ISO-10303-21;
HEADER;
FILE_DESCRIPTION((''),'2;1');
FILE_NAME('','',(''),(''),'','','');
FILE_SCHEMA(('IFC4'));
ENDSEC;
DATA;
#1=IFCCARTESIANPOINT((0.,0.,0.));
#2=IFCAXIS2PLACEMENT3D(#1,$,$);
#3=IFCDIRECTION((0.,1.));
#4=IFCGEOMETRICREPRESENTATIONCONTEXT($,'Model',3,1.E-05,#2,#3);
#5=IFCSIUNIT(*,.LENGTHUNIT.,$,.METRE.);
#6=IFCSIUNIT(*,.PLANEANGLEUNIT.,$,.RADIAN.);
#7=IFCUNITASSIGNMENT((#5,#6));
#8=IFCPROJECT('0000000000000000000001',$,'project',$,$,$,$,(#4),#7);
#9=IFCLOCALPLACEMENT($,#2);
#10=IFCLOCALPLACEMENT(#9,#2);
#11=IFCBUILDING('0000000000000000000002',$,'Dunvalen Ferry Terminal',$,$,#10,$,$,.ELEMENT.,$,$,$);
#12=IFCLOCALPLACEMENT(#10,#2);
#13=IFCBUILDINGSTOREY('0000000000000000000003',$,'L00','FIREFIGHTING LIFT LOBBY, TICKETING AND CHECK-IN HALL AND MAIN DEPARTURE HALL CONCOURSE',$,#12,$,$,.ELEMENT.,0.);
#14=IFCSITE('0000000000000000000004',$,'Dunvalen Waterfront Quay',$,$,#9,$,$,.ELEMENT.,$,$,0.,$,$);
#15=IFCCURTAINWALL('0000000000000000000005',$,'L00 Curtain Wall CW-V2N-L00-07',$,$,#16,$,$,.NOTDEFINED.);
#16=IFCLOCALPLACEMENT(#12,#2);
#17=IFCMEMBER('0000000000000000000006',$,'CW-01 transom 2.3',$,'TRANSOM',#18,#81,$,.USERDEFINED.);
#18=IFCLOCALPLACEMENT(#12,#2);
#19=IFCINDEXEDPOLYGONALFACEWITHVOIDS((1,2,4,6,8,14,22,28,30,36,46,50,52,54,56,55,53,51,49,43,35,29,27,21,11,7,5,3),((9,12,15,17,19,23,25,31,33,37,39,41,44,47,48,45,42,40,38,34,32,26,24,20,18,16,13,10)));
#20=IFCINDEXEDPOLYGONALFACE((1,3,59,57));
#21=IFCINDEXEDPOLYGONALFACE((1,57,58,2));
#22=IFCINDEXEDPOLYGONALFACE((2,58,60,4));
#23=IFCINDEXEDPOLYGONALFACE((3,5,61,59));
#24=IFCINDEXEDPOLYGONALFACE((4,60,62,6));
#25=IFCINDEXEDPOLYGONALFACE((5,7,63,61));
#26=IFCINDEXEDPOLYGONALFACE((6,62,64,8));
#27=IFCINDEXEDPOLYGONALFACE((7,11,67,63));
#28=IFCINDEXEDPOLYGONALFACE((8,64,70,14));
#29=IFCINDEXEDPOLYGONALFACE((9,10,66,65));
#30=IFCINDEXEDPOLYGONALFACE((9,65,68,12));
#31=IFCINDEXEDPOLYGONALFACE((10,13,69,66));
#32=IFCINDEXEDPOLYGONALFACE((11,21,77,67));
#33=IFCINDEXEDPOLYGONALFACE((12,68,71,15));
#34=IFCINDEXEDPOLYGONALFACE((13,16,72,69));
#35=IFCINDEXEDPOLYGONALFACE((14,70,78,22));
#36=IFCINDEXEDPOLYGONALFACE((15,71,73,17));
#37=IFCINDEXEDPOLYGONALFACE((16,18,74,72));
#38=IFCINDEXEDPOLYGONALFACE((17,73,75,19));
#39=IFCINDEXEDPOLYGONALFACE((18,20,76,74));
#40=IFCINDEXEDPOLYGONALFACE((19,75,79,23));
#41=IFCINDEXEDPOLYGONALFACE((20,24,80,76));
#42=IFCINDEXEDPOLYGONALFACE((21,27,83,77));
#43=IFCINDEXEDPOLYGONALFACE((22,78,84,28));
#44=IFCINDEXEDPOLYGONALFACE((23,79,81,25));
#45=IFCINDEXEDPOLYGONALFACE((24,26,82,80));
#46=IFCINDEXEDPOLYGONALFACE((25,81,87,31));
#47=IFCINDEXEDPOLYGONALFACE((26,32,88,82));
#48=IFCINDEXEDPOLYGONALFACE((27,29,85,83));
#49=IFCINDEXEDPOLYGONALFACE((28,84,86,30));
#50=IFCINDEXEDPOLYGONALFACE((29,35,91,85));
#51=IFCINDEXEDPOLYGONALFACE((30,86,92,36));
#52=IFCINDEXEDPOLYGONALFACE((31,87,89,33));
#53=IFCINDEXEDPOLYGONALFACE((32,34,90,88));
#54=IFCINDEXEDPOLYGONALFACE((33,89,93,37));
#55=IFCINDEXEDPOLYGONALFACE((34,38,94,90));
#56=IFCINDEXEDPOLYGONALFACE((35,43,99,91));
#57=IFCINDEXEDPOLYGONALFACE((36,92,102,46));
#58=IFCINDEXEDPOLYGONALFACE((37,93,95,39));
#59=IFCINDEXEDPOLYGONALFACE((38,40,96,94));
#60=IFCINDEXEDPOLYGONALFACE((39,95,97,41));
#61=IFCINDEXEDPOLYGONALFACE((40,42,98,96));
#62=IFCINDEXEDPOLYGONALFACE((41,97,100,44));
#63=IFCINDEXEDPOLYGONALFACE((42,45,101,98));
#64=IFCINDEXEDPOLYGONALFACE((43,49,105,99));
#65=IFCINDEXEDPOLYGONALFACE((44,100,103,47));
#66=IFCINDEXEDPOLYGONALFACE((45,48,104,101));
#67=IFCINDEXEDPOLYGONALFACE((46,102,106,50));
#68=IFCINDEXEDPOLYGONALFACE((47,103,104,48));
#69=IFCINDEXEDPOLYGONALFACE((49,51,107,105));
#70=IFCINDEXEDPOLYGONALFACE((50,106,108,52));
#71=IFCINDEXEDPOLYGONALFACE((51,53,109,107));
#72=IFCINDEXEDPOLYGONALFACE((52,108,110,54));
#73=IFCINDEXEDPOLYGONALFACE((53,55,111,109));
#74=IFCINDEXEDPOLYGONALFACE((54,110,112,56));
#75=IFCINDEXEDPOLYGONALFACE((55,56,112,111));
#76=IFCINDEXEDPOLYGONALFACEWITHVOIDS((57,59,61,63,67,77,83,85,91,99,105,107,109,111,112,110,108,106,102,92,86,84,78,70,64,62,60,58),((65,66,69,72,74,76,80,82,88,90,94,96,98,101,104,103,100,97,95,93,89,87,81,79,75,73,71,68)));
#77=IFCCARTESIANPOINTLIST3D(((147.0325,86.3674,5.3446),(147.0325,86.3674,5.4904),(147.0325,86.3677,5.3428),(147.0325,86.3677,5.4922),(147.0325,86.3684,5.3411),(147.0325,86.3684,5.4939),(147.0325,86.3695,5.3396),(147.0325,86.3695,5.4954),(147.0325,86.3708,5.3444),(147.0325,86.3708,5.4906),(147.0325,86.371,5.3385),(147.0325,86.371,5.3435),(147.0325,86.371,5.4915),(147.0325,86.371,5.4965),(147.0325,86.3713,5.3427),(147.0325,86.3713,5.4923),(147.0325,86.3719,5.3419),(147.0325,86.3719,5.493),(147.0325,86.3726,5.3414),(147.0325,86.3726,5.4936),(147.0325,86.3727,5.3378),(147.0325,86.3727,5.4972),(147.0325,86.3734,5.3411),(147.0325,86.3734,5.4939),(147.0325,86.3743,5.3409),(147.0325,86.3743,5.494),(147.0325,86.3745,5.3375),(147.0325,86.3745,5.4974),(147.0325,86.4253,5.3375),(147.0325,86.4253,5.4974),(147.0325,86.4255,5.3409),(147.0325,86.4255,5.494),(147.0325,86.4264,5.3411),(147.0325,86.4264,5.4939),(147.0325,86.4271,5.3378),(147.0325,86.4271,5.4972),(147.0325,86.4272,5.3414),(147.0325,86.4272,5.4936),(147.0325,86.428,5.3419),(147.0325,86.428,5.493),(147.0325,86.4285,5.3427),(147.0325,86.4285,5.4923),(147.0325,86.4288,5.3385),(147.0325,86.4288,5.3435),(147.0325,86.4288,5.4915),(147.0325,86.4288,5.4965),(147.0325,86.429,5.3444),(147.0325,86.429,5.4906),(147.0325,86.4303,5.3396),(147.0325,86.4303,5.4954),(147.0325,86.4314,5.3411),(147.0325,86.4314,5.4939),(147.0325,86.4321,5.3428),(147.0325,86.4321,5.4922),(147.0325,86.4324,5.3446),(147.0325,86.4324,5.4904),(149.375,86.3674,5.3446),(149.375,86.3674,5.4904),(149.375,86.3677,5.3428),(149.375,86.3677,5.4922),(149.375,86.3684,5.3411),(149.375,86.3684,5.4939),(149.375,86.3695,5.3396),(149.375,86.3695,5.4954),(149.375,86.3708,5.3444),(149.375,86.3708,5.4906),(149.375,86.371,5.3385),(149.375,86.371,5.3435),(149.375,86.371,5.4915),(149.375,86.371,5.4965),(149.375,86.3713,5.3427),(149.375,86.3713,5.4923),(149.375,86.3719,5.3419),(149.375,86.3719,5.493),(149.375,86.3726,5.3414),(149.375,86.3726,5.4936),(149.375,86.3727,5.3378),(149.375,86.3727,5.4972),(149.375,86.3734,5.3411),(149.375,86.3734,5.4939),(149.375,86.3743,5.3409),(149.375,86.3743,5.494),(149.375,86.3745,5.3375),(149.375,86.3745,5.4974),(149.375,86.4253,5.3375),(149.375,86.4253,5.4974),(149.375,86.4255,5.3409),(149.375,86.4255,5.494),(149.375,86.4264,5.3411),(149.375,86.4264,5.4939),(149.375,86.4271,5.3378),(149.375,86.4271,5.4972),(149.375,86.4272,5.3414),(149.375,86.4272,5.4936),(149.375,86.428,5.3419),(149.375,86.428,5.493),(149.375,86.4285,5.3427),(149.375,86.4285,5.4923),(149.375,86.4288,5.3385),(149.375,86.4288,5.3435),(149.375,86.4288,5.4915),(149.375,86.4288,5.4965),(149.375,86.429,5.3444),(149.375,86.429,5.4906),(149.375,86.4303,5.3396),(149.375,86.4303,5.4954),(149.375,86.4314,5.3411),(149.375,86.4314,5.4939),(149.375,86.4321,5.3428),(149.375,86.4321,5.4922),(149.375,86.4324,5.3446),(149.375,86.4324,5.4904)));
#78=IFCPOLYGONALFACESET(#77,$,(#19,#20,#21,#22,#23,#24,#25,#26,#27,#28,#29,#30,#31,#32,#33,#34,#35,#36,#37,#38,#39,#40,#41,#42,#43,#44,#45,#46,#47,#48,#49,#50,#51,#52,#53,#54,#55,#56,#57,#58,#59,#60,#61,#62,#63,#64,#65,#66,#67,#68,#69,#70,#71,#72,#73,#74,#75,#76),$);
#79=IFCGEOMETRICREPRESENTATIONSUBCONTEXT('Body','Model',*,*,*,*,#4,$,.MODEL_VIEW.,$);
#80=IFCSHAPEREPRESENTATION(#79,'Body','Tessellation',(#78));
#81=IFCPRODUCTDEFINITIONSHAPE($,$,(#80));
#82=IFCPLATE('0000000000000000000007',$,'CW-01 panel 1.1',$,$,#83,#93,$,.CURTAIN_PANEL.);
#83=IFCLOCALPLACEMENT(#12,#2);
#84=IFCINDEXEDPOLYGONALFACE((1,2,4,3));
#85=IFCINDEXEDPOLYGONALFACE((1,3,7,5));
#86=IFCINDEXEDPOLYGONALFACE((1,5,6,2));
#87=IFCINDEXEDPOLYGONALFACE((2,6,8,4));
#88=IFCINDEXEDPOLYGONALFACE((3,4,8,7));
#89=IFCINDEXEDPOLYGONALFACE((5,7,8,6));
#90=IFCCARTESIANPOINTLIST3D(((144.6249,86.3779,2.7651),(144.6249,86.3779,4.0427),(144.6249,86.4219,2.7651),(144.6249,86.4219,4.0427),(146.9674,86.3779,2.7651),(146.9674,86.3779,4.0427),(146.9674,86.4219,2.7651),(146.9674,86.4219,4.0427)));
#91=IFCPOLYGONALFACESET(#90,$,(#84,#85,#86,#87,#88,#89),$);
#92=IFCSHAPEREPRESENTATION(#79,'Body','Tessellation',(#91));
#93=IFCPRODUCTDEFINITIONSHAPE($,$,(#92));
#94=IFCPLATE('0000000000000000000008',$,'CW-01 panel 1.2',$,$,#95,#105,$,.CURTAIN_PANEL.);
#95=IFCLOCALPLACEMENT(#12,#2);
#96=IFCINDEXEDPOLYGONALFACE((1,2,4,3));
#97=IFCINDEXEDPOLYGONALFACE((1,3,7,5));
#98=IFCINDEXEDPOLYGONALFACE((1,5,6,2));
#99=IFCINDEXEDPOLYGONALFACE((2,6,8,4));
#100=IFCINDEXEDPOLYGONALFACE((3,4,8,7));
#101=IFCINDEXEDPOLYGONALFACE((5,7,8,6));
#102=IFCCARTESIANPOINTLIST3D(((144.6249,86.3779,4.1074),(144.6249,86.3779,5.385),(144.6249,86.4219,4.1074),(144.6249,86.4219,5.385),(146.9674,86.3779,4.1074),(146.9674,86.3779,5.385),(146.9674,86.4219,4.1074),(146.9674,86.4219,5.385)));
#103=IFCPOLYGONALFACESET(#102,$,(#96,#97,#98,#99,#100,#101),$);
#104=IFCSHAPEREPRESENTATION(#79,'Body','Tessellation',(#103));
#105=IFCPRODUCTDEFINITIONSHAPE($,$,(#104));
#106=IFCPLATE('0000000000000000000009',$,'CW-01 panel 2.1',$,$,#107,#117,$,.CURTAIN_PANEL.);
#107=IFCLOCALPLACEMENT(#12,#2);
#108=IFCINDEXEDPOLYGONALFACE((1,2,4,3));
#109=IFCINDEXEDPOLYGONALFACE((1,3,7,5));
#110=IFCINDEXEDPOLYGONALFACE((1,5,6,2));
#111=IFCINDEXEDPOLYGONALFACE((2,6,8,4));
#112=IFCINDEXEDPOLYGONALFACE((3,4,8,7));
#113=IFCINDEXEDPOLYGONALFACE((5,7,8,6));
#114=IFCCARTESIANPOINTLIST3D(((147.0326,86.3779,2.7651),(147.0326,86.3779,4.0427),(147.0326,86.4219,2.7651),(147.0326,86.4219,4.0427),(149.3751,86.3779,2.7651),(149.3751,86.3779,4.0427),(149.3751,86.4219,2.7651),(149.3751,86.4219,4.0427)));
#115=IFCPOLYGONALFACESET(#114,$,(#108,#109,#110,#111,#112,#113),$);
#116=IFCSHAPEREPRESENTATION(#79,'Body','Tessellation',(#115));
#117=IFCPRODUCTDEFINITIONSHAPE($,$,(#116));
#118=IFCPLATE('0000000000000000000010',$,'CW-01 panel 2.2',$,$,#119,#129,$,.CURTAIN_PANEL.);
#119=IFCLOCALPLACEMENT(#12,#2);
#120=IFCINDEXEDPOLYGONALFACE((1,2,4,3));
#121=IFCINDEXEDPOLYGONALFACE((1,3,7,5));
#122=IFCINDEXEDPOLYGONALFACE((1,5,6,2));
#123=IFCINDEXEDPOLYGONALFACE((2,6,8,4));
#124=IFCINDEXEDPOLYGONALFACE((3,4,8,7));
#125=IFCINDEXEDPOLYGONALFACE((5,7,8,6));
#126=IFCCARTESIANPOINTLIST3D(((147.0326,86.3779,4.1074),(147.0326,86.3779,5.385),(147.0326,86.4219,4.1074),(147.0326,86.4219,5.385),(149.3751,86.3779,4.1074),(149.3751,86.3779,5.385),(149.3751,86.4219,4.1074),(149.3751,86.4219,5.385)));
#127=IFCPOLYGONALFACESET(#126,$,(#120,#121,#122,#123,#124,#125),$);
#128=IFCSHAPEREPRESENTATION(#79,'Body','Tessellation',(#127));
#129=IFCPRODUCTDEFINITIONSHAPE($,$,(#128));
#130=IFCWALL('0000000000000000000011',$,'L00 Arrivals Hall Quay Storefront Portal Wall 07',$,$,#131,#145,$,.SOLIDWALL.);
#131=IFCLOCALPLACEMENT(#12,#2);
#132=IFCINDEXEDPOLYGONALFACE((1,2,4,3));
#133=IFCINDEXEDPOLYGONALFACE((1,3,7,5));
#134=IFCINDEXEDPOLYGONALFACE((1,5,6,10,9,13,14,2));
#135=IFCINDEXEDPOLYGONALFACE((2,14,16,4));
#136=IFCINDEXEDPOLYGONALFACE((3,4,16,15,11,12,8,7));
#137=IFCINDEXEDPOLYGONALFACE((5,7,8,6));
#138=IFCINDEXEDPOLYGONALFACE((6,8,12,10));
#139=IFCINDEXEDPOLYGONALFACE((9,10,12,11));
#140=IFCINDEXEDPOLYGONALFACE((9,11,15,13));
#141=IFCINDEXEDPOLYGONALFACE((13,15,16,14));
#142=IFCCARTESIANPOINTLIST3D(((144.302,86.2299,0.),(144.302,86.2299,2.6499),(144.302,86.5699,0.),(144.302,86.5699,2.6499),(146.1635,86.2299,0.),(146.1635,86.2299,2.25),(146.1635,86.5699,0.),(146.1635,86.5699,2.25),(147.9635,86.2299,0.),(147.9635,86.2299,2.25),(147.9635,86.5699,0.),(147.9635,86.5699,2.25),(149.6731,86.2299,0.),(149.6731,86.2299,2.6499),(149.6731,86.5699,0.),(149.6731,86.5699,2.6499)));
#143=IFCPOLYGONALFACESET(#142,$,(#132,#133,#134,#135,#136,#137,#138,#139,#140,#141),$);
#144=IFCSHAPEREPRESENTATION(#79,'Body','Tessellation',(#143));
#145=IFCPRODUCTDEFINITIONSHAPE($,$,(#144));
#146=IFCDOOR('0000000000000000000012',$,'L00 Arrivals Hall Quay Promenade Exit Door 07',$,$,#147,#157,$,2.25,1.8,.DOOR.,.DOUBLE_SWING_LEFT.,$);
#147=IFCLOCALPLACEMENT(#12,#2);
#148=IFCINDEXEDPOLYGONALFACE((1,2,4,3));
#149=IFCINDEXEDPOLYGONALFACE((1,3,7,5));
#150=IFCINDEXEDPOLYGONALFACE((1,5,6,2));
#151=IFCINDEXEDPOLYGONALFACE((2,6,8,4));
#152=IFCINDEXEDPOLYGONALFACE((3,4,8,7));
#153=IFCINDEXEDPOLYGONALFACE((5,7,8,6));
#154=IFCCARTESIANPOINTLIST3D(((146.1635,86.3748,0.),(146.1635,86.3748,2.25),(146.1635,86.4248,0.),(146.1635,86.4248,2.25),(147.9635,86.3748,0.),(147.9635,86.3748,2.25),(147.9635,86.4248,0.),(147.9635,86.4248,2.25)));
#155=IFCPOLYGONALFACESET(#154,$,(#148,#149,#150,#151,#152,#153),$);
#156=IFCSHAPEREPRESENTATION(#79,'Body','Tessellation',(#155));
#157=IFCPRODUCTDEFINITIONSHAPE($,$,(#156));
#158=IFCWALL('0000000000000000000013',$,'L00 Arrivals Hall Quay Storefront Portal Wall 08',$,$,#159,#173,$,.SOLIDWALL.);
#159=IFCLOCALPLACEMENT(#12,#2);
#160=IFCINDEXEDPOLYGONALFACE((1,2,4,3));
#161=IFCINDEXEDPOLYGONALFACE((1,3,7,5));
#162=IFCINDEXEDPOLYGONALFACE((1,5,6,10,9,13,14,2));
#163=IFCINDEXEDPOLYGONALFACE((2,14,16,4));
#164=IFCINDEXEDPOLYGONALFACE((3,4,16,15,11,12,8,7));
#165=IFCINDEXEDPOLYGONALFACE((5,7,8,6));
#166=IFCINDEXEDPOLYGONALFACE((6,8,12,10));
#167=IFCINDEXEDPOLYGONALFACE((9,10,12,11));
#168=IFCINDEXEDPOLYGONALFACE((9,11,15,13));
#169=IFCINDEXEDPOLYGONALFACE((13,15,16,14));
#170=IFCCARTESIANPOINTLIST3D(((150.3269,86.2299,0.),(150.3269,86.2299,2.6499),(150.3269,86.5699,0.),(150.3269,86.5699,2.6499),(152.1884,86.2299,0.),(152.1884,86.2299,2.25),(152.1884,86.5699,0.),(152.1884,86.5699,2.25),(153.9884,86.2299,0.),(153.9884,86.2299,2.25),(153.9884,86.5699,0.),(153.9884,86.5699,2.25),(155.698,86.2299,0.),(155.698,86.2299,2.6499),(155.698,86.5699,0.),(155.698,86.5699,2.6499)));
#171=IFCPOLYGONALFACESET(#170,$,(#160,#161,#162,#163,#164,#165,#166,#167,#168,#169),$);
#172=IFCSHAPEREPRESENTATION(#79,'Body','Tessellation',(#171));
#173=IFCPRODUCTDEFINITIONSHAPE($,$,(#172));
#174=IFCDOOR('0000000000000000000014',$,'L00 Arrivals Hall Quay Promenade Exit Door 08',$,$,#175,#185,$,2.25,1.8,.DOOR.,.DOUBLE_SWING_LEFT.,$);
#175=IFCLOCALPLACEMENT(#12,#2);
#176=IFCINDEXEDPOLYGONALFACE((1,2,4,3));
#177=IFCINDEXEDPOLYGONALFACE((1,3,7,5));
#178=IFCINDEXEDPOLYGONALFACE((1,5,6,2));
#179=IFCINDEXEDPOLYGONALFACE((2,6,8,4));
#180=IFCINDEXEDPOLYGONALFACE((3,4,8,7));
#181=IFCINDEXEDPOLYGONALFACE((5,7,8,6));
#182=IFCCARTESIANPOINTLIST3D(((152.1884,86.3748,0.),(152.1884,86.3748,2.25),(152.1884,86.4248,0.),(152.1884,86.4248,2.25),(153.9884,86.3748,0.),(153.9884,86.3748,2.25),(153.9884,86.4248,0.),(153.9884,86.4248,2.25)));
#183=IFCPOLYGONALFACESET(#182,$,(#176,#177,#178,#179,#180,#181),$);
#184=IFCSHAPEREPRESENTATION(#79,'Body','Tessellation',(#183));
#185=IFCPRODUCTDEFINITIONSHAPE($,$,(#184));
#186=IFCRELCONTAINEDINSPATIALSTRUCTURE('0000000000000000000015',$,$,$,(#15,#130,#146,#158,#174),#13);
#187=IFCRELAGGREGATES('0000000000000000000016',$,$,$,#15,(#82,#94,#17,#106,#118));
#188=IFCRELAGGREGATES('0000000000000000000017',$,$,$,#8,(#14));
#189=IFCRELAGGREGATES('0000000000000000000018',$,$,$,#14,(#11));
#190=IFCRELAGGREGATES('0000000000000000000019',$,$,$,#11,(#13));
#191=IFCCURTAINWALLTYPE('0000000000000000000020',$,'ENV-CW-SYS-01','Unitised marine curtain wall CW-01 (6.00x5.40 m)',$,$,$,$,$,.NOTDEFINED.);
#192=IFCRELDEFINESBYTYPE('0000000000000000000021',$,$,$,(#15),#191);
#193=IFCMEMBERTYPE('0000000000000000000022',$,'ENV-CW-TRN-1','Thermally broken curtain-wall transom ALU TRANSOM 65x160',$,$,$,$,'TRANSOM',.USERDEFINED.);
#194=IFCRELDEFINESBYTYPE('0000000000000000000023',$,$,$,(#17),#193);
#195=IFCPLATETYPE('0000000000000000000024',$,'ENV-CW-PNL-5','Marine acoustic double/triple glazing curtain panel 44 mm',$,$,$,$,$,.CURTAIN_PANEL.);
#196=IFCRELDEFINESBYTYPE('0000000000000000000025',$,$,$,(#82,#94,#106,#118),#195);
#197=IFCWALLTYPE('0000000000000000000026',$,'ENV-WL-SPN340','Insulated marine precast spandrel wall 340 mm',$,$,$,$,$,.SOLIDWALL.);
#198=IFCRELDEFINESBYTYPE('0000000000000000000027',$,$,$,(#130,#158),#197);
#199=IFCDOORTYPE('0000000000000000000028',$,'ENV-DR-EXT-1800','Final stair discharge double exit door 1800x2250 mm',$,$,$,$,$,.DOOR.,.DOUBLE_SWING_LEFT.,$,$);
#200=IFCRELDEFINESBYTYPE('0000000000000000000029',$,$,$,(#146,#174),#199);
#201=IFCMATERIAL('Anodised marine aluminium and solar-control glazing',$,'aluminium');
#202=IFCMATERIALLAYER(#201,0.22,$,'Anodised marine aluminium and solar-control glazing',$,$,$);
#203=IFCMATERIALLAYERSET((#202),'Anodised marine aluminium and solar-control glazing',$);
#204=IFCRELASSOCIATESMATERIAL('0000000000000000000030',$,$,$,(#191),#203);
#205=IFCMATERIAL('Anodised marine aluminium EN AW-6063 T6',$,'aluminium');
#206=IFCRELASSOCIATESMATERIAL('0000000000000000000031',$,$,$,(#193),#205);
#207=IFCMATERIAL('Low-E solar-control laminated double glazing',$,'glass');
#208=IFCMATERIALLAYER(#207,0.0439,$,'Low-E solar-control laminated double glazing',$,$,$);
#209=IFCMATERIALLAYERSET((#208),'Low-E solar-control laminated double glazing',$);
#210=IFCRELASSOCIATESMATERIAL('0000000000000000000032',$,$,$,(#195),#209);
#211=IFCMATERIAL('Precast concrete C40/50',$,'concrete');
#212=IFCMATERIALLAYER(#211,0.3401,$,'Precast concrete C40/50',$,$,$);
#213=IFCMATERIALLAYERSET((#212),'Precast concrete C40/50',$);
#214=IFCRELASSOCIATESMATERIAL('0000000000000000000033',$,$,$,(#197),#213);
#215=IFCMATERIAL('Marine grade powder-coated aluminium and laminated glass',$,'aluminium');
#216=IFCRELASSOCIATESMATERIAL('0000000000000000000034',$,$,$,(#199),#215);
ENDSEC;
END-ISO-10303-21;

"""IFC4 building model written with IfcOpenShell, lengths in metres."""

from ifc_helpers import new_model, si_unit, direction, frame, frame_2d, origin, origin_2d, place, context, subcontext, project, spatial, rectangle, hollow_rectangle, extrude, material, layer, layer_set, material_profile, profile_set, type_object, element, fill, aggregate, save


model = new_model("IFC4")

# Units and contexts
model_context = context("Model", 3, precision=1e-05, world=origin(), true_north=direction((0.0, 1.0)))
body_context = subcontext(model_context, "Body", "Model", "MODEL_VIEW")
ifc_project = project(units=[si_unit("LENGTHUNIT", "METRE"), si_unit("PLANEANGLEUNIT", "RADIAN")], contexts=[model_context])

# Site, building, storey
site_placement = place(None, origin())
site = spatial("IfcSite", under=ifc_project, at=site_placement, Name="Dunvalen Waterfront Quay", CompositionType="ELEMENT", RefElevation=0.0)
building_placement = place(site_placement, origin())
building = spatial("IfcBuilding", under=site, at=building_placement, Name="Dunvalen Ferry Terminal", CompositionType="ELEMENT")
storey_placement = place(building_placement, origin())
storey = spatial("IfcBuildingStorey", under=building, at=storey_placement, Name="L00", Description="FIREFIGHTING LIFT LOBBY, TICKETING AND CHECK-IN HALL AND MAIN DEPARTURE HALL CONCOURSE", CompositionType="ELEMENT", Elevation=0.0)

# Curtain wall
ifc_material_1 = material(Name="Anodised marine aluminium and solar-control glazing", Category="aluminium")
ifc_layer_1 = layer(ifc_material_1, 0.22, Name="Anodised marine aluminium and solar-control glazing")
ifc_layer_set_1 = layer_set([ifc_layer_1], Name="Anodised marine aluminium and solar-control glazing")
curtain_wall_type = type_object("IfcCurtainWallType", Name="ENV-CW-SYS-01", Description="Unitised marine curtain wall CW-01 (6.00x5.40 m)", PredefinedType="NOTDEFINED", material=ifc_layer_set_1)
curtain_wall_1_placement = place(storey_placement, origin())
curtain_wall_1 = element("IfcCurtainWall", 1, at=curtain_wall_1_placement, inside=storey, type_object=curtain_wall_type, Name="L00 Curtain Wall CW-V2N-L00-07", PredefinedType="NOTDEFINED")
ifc_material_2 = material(Name="Anodised marine aluminium EN AW-6063 T6", Category="aluminium")

# Member
ifc_material_profile_1 = material_profile(ifc_material_2, hollow_rectangle(XDim=0.0649, YDim=0.1599, WallThickness=0.0034, InnerFilletRadius=0.0034, OuterFilletRadius=0.0071, at=origin_2d()), Name="Anodised marine aluminium EN AW-6063 T6")
ifc_profile_set_1 = profile_set([ifc_material_profile_1], Name="Anodised marine aluminium EN AW-6063 T6")
member_type_1 = type_object("IfcMemberType", Name="ENV-CW-TRN-1", Description="Thermally broken curtain-wall transom ALU TRANSOM 65x160", ElementType="TRANSOM", PredefinedType="USERDEFINED", material=ifc_profile_set_1)
member_1_placement = place(storey_placement, frame((147.0325, 86.3999, 5.4175), z_axis=(1.0, 0.0, 0.0), x_axis=(0.0, 1.0, 0.0)))
member_1 = element("IfcMember", 2, at=member_1_placement, type_object=member_type_1, Name="CW-01 transom 2.3", ObjectType="TRANSOM", PredefinedType="USERDEFINED", context=body_context, shape_type="SweptSolid", body=[
    extrude(hollow_rectangle(XDim=0.0649, YDim=0.1599, WallThickness=0.0034, InnerFilletRadius=0.0034, OuterFilletRadius=0.0071, at=origin_2d()), origin(), (0.0, 0.0, 1.0), 2.3425),
])

# Plates
ifc_material_3 = material(Name="Low-E solar-control laminated double glazing", Category="glass")
ifc_layer_2 = layer(ifc_material_3, 0.0439, Name="Low-E solar-control laminated double glazing")
ifc_layer_set_2 = layer_set([ifc_layer_2], Name="Low-E solar-control laminated double glazing")
plate_type = type_object("IfcPlateType", Name="ENV-CW-PNL-5", Description="Marine acoustic double/triple glazing curtain panel 44 mm", PredefinedType="CURTAIN_PANEL", material=ifc_layer_set_2)
plate_1_placement = place(storey_placement, frame((145.7961, 86.3999, 2.7651), z_axis=(0.0, 0.0, 1.0), x_axis=(1.0, 0.0, 0.0)))
plate_1 = element("IfcPlate", 3, at=plate_1_placement, type_object=plate_type, Name="CW-01 panel 1.1", PredefinedType="CURTAIN_PANEL", context=body_context, shape_type="SweptSolid", body=[
    extrude(rectangle(XDim=2.3425, YDim=0.0439, at=origin_2d()), origin(), (0.0, 0.0, 1.0), 1.2776),
])
plate_2_placement = place(storey_placement, frame((145.7961, 86.3999, 4.1074), z_axis=(0.0, 0.0, 1.0), x_axis=(1.0, 0.0, 0.0)))
plate_2 = element("IfcPlate", 4, at=plate_2_placement, type_object=plate_type, Name="CW-01 panel 1.2", PredefinedType="CURTAIN_PANEL", context=body_context, shape_type="SweptSolid", body=[
    extrude(rectangle(XDim=2.3425, YDim=0.0439, at=origin_2d()), origin(), (0.0, 0.0, 1.0), 1.2776),
])
plate_3_placement = place(storey_placement, frame((148.2039, 86.3999, 2.7651), z_axis=(0.0, 0.0, 1.0), x_axis=(1.0, 0.0, 0.0)))
plate_3 = element("IfcPlate", 5, at=plate_3_placement, type_object=plate_type, Name="CW-01 panel 2.1", PredefinedType="CURTAIN_PANEL", context=body_context, shape_type="SweptSolid", body=[
    extrude(rectangle(XDim=2.3425, YDim=0.0439, at=origin_2d()), origin(), (0.0, 0.0, 1.0), 1.2776),
])
plate_4_placement = place(storey_placement, frame((148.2039, 86.3999, 4.1074), z_axis=(0.0, 0.0, 1.0), x_axis=(1.0, 0.0, 0.0)))
plate_4 = element("IfcPlate", 6, at=plate_4_placement, type_object=plate_type, Name="CW-01 panel 2.2", PredefinedType="CURTAIN_PANEL", context=body_context, shape_type="SweptSolid", body=[
    extrude(rectangle(XDim=2.3425, YDim=0.0439, at=origin_2d()), origin(), (0.0, 0.0, 1.0), 1.2776),
])
aggregate(curtain_wall_1, [plate_1, plate_2, member_1, plate_3, plate_4])

# Walls, openings, doors
ifc_material_4 = material(Name="Precast concrete C40/50", Category="concrete")
ifc_layer_3 = layer(ifc_material_4, 0.3401, Name="Precast concrete C40/50")
ifc_layer_set_3 = layer_set([ifc_layer_3], Name="Precast concrete C40/50")
wall_type_1 = type_object("IfcWallType", Name="ENV-WL-SPN340", Description="Insulated marine precast spandrel wall 340 mm", PredefinedType="SOLIDWALL", material=ifc_layer_set_3)
wall_1_placement = place(storey_placement, frame((144.302, 86.3999, 0.0), z_axis=(0.0, 0.0, 1.0), x_axis=(1.0, 0.0, 0.0)))
wall_1 = element("IfcWall", 7, at=wall_1_placement, inside=storey, type_object=wall_type_1, Name="L00 Arrivals Hall Quay Storefront Portal Wall 07", PredefinedType="SOLIDWALL", context=body_context, shape_type="SweptSolid", body=[
    extrude(rectangle(XDim=5.3711, YDim=0.3401, at=frame_2d((2.6855, 0.0))), origin(), (0.0, 0.0, 1.0), 2.6499),
])
opening_1_placement = place(wall_1_placement, frame((1.8616, 0.0, 0.0)))
opening_1 = element("IfcOpeningElement", 8, at=opening_1_placement, cuts=wall_1, PredefinedType="OPENING", context=body_context, shape_type="SweptSolid", body=[
    extrude(rectangle(XDim=1.8, YDim=2.25, at=frame_2d((0.8999, 1.125))), frame((0.0, 0.1802, 0.0), z_axis=(0.0, -1.0, 0.0), x_axis=(1.0, 0.0, 0.0)), (0.0, 0.0, 1.0), 0.3601),
])
ifc_material_5 = material(Name="Marine grade powder-coated aluminium and laminated glass", Category="aluminium")
door_type = type_object("IfcDoorType", Name="ENV-DR-EXT-1800", Description="Final stair discharge double exit door 1800x2250 mm", OperationType="DOUBLE_SWING_LEFT", PredefinedType="DOOR", material=ifc_material_5)
door_1_placement = place(opening_1_placement, origin())
door_1 = element("IfcDoor", 9, at=door_1_placement, inside=storey, type_object=door_type, Name="L00 Arrivals Hall Quay Promenade Exit Door 07", OperationType="DOUBLE_SWING_LEFT", OverallHeight=2.25, OverallWidth=1.8, PredefinedType="DOOR", context=body_context, shape_type="SweptSolid", body=[
    extrude(rectangle(XDim=1.8, YDim=2.25, at=frame_2d((0.8999, 1.125))), frame((0.0, 0.0249, 0.0), z_axis=(0.0, -1.0, 0.0), x_axis=(1.0, 0.0, 0.0)), (0.0, 0.0, 1.0), 0.05),
])
fill(opening_1, door_1)
wall_2_placement = place(storey_placement, frame((150.3269, 86.3999, 0.0), z_axis=(0.0, 0.0, 1.0), x_axis=(1.0, 0.0, 0.0)))
wall_2 = element("IfcWall", 10, at=wall_2_placement, inside=storey, type_object=wall_type_1, Name="L00 Arrivals Hall Quay Storefront Portal Wall 08", PredefinedType="SOLIDWALL", context=body_context, shape_type="SweptSolid", body=[
    extrude(rectangle(XDim=5.3711, YDim=0.3401, at=frame_2d((2.6855, 0.0))), origin(), (0.0, 0.0, 1.0), 2.6499),
])
opening_2_placement = place(wall_2_placement, frame((1.8616, 0.0, 0.0)))
opening_2 = element("IfcOpeningElement", 11, at=opening_2_placement, cuts=wall_2, PredefinedType="OPENING", context=body_context, shape_type="SweptSolid", body=[
    extrude(rectangle(XDim=1.8, YDim=2.25, at=frame_2d((0.8999, 1.125))), frame((0.0, 0.1802, 0.0), z_axis=(0.0, -1.0, 0.0), x_axis=(1.0, 0.0, 0.0)), (0.0, 0.0, 1.0), 0.3601),
])
door_2_placement = place(opening_2_placement, origin())
door_2 = element("IfcDoor", 12, at=door_2_placement, inside=storey, type_object=door_type, Name="L00 Arrivals Hall Quay Promenade Exit Door 08", OperationType="DOUBLE_SWING_LEFT", OverallHeight=2.25, OverallWidth=1.8, PredefinedType="DOOR", context=body_context, shape_type="SweptSolid", body=[
    extrude(rectangle(XDim=1.8, YDim=2.25, at=frame_2d((0.8999, 1.125))), frame((0.0, 0.0249, 0.0), z_axis=(0.0, -1.0, 0.0), x_axis=(1.0, 0.0, 0.0)), (0.0, 0.0, 1.0), 0.05),
])
fill(opening_2, door_2)

save(model, "model.ifc")
